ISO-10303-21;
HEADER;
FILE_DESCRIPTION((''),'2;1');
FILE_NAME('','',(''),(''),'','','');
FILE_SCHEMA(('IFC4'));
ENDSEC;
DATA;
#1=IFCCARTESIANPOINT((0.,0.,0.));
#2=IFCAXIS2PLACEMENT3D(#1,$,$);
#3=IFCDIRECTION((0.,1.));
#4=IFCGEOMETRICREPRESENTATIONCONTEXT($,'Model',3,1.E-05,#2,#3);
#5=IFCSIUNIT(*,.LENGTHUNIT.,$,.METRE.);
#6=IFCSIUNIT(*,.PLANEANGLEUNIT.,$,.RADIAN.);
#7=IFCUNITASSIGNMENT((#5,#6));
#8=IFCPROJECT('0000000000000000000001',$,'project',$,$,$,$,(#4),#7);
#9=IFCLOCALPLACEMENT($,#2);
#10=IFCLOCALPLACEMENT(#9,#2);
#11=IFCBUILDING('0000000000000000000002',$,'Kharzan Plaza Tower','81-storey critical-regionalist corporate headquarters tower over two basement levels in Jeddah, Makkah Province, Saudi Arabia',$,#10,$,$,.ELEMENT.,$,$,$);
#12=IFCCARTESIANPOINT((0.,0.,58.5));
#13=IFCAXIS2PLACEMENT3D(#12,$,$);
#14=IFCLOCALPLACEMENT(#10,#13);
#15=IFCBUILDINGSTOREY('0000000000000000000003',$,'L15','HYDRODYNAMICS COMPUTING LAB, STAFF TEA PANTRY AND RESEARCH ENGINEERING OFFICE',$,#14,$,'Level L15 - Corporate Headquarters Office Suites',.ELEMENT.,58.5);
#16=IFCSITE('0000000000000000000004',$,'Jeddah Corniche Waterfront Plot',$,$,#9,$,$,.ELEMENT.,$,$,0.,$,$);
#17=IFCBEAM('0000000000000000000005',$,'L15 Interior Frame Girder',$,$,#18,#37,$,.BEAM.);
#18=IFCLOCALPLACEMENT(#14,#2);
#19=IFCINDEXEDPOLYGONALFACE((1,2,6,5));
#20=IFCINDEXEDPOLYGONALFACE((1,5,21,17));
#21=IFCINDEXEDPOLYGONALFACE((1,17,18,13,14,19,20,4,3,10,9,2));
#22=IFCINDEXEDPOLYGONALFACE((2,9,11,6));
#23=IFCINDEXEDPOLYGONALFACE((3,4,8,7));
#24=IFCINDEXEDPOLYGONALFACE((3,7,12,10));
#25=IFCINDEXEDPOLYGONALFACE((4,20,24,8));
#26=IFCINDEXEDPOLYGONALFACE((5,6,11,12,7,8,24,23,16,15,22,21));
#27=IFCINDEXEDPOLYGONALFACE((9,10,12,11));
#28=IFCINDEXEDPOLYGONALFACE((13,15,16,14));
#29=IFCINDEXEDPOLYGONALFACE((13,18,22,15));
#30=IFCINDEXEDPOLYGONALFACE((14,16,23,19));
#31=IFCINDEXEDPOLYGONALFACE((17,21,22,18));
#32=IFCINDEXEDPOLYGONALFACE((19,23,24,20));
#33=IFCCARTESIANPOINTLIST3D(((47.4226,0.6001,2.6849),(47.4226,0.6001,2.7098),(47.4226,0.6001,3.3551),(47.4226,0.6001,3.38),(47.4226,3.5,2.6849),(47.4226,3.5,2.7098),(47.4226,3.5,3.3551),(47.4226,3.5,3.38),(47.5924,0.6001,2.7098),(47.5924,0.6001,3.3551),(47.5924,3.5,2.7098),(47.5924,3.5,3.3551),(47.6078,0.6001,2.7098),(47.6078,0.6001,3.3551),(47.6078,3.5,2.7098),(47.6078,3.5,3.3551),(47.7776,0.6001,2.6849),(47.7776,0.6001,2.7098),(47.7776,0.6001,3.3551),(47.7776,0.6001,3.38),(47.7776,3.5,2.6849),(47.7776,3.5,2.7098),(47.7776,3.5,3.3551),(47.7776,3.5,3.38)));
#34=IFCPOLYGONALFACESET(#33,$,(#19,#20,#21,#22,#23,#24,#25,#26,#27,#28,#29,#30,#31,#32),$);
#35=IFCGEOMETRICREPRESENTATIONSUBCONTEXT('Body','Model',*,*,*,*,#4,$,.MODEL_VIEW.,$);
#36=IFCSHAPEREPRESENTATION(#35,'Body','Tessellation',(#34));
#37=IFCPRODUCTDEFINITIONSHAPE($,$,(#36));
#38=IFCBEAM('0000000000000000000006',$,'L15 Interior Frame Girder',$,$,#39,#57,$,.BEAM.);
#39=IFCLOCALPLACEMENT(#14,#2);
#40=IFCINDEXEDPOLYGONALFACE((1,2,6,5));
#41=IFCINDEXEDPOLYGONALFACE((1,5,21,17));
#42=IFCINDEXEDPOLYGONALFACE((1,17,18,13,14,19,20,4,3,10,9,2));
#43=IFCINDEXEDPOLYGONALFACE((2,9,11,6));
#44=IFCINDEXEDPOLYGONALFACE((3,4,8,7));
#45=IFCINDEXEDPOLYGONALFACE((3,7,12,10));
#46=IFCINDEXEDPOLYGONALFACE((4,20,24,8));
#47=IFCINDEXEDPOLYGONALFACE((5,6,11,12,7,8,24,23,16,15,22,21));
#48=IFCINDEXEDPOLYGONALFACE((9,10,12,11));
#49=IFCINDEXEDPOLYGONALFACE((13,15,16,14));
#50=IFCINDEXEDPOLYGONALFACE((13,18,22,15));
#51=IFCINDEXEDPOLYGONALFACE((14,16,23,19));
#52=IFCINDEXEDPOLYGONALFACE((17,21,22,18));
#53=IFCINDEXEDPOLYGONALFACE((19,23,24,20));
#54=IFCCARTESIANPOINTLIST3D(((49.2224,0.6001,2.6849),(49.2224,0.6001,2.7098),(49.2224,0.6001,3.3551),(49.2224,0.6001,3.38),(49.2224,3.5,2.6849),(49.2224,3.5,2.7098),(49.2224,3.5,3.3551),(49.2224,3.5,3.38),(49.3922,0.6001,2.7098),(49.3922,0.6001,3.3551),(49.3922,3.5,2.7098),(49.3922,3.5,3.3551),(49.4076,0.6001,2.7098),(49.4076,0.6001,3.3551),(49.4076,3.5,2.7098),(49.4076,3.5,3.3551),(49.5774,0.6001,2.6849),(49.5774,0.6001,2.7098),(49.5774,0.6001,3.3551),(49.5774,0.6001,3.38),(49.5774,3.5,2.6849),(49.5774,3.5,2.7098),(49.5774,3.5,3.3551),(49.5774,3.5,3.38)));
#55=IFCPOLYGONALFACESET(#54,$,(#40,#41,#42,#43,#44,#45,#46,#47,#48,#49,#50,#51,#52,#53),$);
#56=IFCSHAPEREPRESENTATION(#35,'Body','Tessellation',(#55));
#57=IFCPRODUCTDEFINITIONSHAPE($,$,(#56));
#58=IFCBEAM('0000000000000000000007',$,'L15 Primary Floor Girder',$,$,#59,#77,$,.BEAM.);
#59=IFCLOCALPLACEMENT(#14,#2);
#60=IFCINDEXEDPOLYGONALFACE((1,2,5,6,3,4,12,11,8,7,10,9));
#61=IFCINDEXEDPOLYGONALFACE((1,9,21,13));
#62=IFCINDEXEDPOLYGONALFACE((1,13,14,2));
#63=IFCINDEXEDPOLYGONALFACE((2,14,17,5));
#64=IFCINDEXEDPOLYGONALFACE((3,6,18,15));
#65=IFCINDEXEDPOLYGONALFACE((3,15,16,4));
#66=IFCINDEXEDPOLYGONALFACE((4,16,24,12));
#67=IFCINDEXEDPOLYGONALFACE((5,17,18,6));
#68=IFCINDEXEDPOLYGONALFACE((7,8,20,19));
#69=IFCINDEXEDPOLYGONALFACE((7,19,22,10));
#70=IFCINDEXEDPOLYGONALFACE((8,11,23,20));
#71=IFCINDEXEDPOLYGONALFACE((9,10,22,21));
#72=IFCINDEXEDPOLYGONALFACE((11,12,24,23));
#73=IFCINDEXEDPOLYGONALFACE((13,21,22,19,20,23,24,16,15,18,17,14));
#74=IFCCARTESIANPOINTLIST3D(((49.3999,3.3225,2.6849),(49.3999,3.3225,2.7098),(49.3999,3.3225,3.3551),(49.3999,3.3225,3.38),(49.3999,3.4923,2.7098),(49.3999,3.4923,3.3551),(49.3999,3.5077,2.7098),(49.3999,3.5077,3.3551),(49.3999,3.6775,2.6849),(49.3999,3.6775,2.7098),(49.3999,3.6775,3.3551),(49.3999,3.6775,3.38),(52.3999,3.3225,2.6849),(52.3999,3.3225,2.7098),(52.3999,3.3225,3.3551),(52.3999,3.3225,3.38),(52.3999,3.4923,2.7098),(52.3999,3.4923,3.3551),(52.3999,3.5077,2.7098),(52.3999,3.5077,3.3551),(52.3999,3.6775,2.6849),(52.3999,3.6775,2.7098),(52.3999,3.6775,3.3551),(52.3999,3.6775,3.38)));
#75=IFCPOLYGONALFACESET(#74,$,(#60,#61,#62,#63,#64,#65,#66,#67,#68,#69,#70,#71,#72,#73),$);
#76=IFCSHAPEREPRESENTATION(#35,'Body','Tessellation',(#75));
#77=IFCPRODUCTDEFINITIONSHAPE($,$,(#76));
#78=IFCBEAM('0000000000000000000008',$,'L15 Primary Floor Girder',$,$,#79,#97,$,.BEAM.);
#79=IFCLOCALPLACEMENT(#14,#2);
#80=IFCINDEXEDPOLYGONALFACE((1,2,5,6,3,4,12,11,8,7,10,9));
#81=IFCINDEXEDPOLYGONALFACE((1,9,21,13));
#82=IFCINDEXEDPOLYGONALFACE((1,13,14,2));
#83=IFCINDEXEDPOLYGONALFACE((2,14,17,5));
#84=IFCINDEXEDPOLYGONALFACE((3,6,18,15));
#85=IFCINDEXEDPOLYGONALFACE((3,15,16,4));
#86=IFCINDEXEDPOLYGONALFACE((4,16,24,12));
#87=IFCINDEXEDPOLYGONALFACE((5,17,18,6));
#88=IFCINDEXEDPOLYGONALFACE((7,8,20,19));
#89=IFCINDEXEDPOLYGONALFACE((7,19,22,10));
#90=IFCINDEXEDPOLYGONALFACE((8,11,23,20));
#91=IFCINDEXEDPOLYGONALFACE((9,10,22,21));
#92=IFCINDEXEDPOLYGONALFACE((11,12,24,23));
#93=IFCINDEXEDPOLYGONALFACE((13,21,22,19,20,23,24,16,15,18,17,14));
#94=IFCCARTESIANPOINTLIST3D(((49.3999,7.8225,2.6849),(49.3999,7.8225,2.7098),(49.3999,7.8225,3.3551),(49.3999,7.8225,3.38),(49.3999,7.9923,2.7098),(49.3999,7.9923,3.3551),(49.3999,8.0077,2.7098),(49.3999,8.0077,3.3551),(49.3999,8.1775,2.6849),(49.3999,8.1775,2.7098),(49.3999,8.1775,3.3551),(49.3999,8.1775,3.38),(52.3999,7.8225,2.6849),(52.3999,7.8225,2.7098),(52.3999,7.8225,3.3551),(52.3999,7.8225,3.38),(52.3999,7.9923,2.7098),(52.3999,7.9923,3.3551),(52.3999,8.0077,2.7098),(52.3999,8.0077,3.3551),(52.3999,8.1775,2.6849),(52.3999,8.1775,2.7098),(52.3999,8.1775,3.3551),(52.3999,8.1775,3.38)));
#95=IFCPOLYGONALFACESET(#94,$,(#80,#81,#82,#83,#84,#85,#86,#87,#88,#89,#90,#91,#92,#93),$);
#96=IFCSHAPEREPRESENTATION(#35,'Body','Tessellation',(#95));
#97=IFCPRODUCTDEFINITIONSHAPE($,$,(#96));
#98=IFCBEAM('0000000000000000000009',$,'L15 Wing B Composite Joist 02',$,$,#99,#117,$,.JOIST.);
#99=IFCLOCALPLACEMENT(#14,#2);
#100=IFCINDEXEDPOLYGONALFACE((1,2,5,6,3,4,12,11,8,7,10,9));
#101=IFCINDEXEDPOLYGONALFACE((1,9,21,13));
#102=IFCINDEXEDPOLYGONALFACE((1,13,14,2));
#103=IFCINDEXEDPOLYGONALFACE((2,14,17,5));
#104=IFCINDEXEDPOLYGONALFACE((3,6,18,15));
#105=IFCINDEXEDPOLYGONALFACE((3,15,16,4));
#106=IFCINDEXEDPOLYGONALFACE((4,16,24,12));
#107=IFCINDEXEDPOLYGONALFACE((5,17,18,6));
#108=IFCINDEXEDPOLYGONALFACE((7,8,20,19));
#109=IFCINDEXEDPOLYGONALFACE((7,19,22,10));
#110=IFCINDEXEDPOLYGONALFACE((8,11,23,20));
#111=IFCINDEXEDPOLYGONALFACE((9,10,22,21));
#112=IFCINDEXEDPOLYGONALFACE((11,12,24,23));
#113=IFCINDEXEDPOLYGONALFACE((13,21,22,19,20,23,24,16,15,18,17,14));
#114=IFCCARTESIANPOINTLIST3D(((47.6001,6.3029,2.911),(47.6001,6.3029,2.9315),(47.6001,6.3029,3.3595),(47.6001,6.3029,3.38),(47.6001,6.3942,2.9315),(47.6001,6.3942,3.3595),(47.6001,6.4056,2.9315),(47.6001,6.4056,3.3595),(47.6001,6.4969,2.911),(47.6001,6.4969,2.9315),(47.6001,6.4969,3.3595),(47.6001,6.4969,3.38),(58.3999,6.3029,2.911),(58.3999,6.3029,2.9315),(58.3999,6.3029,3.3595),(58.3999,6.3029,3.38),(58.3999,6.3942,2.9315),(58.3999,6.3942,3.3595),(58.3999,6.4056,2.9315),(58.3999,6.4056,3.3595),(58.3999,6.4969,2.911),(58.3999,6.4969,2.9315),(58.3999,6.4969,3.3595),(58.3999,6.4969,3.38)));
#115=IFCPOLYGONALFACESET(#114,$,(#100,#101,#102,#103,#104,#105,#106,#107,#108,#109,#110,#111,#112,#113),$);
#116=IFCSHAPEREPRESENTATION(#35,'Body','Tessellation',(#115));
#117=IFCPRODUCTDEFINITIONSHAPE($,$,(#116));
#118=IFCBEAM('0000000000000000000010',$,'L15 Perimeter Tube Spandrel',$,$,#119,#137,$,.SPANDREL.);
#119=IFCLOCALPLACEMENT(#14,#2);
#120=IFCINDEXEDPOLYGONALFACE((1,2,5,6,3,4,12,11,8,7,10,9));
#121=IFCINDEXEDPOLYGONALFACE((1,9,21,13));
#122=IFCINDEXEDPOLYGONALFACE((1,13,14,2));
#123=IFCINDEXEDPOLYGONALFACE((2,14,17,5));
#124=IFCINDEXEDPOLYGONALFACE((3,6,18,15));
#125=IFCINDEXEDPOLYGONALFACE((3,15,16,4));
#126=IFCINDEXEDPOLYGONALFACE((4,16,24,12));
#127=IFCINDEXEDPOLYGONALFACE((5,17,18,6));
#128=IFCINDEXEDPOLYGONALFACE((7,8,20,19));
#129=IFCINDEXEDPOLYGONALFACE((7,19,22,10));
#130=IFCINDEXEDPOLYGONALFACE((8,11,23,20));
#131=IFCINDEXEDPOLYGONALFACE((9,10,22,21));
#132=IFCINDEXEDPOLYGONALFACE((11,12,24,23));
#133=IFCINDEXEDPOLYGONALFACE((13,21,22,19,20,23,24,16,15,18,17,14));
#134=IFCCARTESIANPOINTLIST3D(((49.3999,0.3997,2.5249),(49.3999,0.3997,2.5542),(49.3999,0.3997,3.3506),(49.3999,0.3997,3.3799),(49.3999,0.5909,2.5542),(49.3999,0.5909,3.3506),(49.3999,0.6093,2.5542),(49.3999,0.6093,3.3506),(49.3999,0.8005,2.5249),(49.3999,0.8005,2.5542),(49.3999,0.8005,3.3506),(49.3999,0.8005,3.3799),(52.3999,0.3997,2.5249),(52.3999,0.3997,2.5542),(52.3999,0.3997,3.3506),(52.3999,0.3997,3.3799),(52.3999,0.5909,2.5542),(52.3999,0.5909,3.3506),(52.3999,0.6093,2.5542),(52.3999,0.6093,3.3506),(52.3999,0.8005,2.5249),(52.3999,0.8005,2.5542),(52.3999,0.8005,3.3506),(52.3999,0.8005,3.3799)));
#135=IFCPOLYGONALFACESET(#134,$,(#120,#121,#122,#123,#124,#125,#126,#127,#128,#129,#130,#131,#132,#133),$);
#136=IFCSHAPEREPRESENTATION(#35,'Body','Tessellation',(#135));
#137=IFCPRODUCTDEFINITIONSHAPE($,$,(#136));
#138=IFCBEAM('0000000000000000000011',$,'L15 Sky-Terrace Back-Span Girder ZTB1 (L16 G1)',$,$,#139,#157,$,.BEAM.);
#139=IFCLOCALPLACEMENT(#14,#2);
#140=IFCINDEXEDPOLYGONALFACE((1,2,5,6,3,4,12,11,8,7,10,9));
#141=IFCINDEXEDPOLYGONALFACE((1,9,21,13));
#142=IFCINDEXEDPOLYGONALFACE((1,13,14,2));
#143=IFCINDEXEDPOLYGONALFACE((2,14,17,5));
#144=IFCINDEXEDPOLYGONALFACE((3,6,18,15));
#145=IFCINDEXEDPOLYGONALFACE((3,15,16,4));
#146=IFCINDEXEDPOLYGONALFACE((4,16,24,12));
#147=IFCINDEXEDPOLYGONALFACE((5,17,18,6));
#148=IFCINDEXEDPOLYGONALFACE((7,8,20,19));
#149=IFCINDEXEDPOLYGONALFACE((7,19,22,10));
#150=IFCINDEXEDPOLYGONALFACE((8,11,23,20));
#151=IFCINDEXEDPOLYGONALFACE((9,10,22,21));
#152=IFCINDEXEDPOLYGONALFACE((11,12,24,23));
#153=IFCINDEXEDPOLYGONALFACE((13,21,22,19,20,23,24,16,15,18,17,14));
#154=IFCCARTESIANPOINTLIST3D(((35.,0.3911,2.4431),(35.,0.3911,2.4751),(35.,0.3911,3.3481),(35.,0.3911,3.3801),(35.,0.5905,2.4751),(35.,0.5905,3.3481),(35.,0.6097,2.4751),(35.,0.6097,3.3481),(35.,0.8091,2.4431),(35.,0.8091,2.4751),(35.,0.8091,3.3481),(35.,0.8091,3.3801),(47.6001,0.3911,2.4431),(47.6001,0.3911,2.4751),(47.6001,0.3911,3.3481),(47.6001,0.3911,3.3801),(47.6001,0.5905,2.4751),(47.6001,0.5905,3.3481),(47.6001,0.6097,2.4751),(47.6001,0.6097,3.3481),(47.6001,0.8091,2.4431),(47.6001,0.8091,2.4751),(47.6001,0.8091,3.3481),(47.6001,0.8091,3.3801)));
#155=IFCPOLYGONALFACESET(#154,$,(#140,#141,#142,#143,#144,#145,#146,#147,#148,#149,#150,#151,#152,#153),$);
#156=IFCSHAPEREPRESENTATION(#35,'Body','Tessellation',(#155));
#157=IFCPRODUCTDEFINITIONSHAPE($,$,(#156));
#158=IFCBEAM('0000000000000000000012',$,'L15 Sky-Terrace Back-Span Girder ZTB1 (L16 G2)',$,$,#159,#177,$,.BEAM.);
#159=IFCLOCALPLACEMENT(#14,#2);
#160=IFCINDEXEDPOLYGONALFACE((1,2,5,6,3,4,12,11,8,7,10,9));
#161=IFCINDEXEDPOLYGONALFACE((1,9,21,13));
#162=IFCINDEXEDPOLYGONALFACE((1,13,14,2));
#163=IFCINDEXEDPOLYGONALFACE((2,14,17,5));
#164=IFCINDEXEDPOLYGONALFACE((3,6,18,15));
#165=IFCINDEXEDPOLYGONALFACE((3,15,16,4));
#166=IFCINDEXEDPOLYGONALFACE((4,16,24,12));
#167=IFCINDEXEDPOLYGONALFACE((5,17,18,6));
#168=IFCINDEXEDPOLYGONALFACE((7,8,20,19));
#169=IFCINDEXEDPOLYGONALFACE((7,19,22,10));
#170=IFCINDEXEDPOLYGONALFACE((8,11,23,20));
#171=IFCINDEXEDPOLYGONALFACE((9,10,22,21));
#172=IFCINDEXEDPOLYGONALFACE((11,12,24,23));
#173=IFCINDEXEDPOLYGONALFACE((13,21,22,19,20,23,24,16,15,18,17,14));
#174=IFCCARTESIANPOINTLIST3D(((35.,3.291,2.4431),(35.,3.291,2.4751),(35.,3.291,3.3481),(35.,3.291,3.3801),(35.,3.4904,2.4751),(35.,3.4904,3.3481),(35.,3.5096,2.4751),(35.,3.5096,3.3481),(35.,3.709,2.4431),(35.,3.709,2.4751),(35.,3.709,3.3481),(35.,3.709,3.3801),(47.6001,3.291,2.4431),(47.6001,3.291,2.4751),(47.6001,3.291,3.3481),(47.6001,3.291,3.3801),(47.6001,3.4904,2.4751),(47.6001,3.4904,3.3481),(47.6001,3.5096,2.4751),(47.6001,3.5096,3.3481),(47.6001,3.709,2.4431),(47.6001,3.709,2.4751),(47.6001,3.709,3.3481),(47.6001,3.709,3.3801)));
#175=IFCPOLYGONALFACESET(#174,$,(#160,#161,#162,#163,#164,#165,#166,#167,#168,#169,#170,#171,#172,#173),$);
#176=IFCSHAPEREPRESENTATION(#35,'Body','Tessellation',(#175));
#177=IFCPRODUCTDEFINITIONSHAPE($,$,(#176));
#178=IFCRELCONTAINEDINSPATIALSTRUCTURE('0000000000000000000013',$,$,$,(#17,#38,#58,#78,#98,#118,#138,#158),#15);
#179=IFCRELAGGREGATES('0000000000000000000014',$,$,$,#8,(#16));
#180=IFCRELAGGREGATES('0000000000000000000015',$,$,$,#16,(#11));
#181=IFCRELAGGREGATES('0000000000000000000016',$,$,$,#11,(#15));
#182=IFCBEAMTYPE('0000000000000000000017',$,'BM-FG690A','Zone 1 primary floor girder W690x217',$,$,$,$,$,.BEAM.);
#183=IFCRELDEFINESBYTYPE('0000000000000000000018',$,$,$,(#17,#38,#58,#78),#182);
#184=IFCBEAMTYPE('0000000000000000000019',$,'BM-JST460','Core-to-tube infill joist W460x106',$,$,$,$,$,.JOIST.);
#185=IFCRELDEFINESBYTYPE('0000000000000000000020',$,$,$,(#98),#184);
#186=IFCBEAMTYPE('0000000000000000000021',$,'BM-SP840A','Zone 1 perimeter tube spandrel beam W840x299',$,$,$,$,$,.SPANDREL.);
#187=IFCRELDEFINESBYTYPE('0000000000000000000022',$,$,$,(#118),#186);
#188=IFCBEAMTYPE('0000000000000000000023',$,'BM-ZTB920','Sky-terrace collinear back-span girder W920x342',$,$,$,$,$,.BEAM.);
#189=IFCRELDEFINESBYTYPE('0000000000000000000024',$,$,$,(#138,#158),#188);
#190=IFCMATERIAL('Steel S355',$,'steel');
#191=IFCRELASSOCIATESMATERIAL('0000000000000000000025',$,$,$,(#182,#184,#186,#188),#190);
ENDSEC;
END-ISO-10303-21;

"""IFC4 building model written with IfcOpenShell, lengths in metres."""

from ifc_helpers import new_model, si_unit, direction, frame, origin, origin_2d, place, context, subcontext, project, spatial, i_section, extrude, source, transform, mapped, material, material_profile, profile_set, type_object, element, save


model = new_model("IFC4")

# Units and contexts
model_context = context("Model", 3, precision=1e-05, world=origin(), true_north=direction((0.0, 1.0)))
body_context = subcontext(model_context, "Body", "Model", "MODEL_VIEW")
ifc_project = project(units=[si_unit("LENGTHUNIT", "METRE"), si_unit("PLANEANGLEUNIT", "RADIAN")], contexts=[model_context])

# Site, building, storey
site_placement = place(None, origin())
site = spatial("IfcSite", under=ifc_project, at=site_placement, Name="Jeddah Corniche Waterfront Plot", CompositionType="ELEMENT", RefElevation=0.0)
building_placement = place(site_placement, origin())
building = spatial("IfcBuilding", under=site, at=building_placement, Name="Kharzan Plaza Tower", Description="81-storey critical-regionalist corporate headquarters tower over two basement levels in Jeddah, Makkah Province, Saudi Arabia", CompositionType="ELEMENT")
storey_placement = place(building_placement, frame((0.0, 0.0, 58.5)))
storey = spatial("IfcBuildingStorey", under=building, at=storey_placement, Name="L15", Description="HYDRODYNAMICS COMPUTING LAB, STAFF TEA PANTRY AND RESEARCH ENGINEERING OFFICE", LongName="Level L15 - Corporate Headquarters Office Suites", CompositionType="ELEMENT", Elevation=58.5)

# Beams
ifc_material_1 = material(Name="Steel S355", Category="steel")
ifc_material_profile_1 = material_profile(ifc_material_1, i_section(OverallWidth=0.355, OverallDepth=0.6951, WebThickness=0.0154, FlangeThickness=0.0249, at=origin_2d()), Name="W690x217")
ifc_profile_set_1 = profile_set([ifc_material_profile_1], Name="Steel S355")
beam_type_1 = type_object("IfcBeamType", Name="BM-FG690A", Description="Zone 1 primary floor girder W690x217", PredefinedType="BEAM", material=ifc_profile_set_1)
shared_shape_1 = source(origin(), body_context, "Body", "SweptSolid", [
    extrude(i_section(OverallWidth=0.355, OverallDepth=0.6951, WebThickness=0.0154, FlangeThickness=0.0249, at=origin_2d()), origin(), (0.0, 0.0, 1.0), 2.8999),
])
for number, where, z_axis, x_axis, name in (
    (1, (47.6001, 0.6001, 3.0325), (0.0, 1.0, 0.0), (-1.0, 0.0, 0.0), "L15 Interior Frame Girder"),
    (2, (49.3999, 0.6001, 3.0325), (0.0, 1.0, 0.0), (-1.0, 0.0, 0.0), "L15 Interior Frame Girder"),
):
    element("IfcBeam", number, at=place(storey_placement, frame(where, z_axis=z_axis, x_axis=x_axis)), inside=storey, type_object=beam_type_1, Name=name, PredefinedType="BEAM", context=body_context, shape_type="MappedRepresentation", body=[
        mapped(shared_shape_1, transform((0.0, 0.0, 0.0), x_axis=(1.0, 0.0, 0.0), y_axis=(0.0, 1.0, 0.0), z_axis=(0.0, 0.0, 1.0))),
    ])
shared_shape_2 = source(origin(), body_context, "Body", "SweptSolid", [
    extrude(i_section(OverallWidth=0.355, OverallDepth=0.6951, WebThickness=0.0154, FlangeThickness=0.0249, at=origin_2d()), origin(), (0.0, 0.0, 1.0), 3.0),
])
for number, where, z_axis, x_axis, name in (
    (3, (49.3999, 3.5, 3.0325), (1.0, 0.0, 0.0), (0.0, 1.0, 0.0), "L15 Primary Floor Girder"),
    (4, (49.3999, 8.0, 3.0325), (1.0, 0.0, 0.0), (0.0, 1.0, 0.0), "L15 Primary Floor Girder"),
):
    element("IfcBeam", number, at=place(storey_placement, frame(where, z_axis=z_axis, x_axis=x_axis)), inside=storey, type_object=beam_type_1, Name=name, PredefinedType="BEAM", context=body_context, shape_type="MappedRepresentation", body=[
        mapped(shared_shape_2, transform((0.0, 0.0, 0.0), x_axis=(1.0, 0.0, 0.0), y_axis=(0.0, 1.0, 0.0), z_axis=(0.0, 0.0, 1.0))),
    ])
ifc_material_profile_2 = material_profile(ifc_material_1, i_section(OverallWidth=0.1941, OverallDepth=0.469, WebThickness=0.0115, FlangeThickness=0.0205, at=origin_2d()), Name="W460x106")
ifc_profile_set_2 = profile_set([ifc_material_profile_2], Name="Steel S355")
beam_type_2 = type_object("IfcBeamType", Name="BM-JST460", Description="Core-to-tube infill joist W460x106", PredefinedType="JOIST", material=ifc_profile_set_2)
shared_shape_3 = source(origin(), body_context, "Body", "SweptSolid", [
    extrude(i_section(OverallWidth=0.1941, OverallDepth=0.469, WebThickness=0.0115, FlangeThickness=0.0205, at=origin_2d()), origin(), (0.0, 0.0, 1.0), 10.7998),
])
beam_1_placement = place(storey_placement, frame((47.6001, 6.3999, 3.1455), z_axis=(1.0, 0.0, 0.0), x_axis=(0.0, 1.0, 0.0)))
element("IfcBeam", 5, at=beam_1_placement, inside=storey, type_object=beam_type_2, Name="L15 Wing B Composite Joist 02", PredefinedType="JOIST", context=body_context, shape_type="MappedRepresentation", body=[
    mapped(shared_shape_3, transform((0.0, 0.0, 0.0), x_axis=(1.0, 0.0, 0.0), y_axis=(0.0, 1.0, 0.0), z_axis=(0.0, 0.0, 1.0))),
])
ifc_material_profile_3 = material_profile(ifc_material_1, i_section(OverallWidth=0.4009, OverallDepth=0.855, WebThickness=0.0183, FlangeThickness=0.0293, at=origin_2d()), Name="W840x299")
ifc_profile_set_3 = profile_set([ifc_material_profile_3], Name="Steel S355")
beam_type_3 = type_object("IfcBeamType", Name="BM-SP840A", Description="Zone 1 perimeter tube spandrel beam W840x299", PredefinedType="SPANDREL", material=ifc_profile_set_3)
shared_shape_4 = source(origin(), body_context, "Body", "SweptSolid", [
    extrude(i_section(OverallWidth=0.4009, OverallDepth=0.855, WebThickness=0.0183, FlangeThickness=0.0293, at=origin_2d()), origin(), (0.0, 0.0, 1.0), 3.0),
])
beam_2_placement = place(storey_placement, frame((49.3999, 0.6001, 2.9524), z_axis=(1.0, 0.0, 0.0), x_axis=(0.0, 1.0, 0.0)))
element("IfcBeam", 6, at=beam_2_placement, inside=storey, type_object=beam_type_3, Name="L15 Perimeter Tube Spandrel", PredefinedType="SPANDREL", context=body_context, shape_type="MappedRepresentation", body=[
    mapped(shared_shape_4, transform((0.0, 0.0, 0.0), x_axis=(1.0, 0.0, 0.0), y_axis=(0.0, 1.0, 0.0), z_axis=(0.0, 0.0, 1.0))),
])
ifc_material_profile_4 = material_profile(ifc_material_1, i_section(OverallWidth=0.418, OverallDepth=0.937, WebThickness=0.0193, FlangeThickness=0.032, at=origin_2d()), Name="W920x342")
ifc_profile_set_4 = profile_set([ifc_material_profile_4], Name="Steel S355")
beam_type_4 = type_object("IfcBeamType", Name="BM-ZTB920", Description="Sky-terrace collinear back-span girder W920x342", PredefinedType="BEAM", material=ifc_profile_set_4)
shared_shape_5 = source(origin(), body_context, "Body", "SweptSolid", [
    extrude(i_section(OverallWidth=0.418, OverallDepth=0.937, WebThickness=0.0193, FlangeThickness=0.032, at=origin_2d()), origin(), (0.0, 0.0, 1.0), 12.6001),
])
for number, where, z_axis, x_axis, name in (
    (7, (47.6001, 0.6001, 2.9116), (-1.0, 0.0, 0.0), (0.0, -1.0, 0.0), "L15 Sky-Terrace Back-Span Girder ZTB1 (L16 G1)"),
    (8, (47.6001, 3.5, 2.9116), (-1.0, 0.0, 0.0), (0.0, -1.0, 0.0), "L15 Sky-Terrace Back-Span Girder ZTB1 (L16 G2)"),
):
    element("IfcBeam", number, at=place(storey_placement, frame(where, z_axis=z_axis, x_axis=x_axis)), inside=storey, type_object=beam_type_4, Name=name, PredefinedType="BEAM", context=body_context, shape_type="MappedRepresentation", body=[
        mapped(shared_shape_5, transform((0.0, 0.0, 0.0), x_axis=(1.0, 0.0, 0.0), y_axis=(0.0, 1.0, 0.0), z_axis=(0.0, 0.0, 1.0))),
    ])

save(model, "model.ifc")
